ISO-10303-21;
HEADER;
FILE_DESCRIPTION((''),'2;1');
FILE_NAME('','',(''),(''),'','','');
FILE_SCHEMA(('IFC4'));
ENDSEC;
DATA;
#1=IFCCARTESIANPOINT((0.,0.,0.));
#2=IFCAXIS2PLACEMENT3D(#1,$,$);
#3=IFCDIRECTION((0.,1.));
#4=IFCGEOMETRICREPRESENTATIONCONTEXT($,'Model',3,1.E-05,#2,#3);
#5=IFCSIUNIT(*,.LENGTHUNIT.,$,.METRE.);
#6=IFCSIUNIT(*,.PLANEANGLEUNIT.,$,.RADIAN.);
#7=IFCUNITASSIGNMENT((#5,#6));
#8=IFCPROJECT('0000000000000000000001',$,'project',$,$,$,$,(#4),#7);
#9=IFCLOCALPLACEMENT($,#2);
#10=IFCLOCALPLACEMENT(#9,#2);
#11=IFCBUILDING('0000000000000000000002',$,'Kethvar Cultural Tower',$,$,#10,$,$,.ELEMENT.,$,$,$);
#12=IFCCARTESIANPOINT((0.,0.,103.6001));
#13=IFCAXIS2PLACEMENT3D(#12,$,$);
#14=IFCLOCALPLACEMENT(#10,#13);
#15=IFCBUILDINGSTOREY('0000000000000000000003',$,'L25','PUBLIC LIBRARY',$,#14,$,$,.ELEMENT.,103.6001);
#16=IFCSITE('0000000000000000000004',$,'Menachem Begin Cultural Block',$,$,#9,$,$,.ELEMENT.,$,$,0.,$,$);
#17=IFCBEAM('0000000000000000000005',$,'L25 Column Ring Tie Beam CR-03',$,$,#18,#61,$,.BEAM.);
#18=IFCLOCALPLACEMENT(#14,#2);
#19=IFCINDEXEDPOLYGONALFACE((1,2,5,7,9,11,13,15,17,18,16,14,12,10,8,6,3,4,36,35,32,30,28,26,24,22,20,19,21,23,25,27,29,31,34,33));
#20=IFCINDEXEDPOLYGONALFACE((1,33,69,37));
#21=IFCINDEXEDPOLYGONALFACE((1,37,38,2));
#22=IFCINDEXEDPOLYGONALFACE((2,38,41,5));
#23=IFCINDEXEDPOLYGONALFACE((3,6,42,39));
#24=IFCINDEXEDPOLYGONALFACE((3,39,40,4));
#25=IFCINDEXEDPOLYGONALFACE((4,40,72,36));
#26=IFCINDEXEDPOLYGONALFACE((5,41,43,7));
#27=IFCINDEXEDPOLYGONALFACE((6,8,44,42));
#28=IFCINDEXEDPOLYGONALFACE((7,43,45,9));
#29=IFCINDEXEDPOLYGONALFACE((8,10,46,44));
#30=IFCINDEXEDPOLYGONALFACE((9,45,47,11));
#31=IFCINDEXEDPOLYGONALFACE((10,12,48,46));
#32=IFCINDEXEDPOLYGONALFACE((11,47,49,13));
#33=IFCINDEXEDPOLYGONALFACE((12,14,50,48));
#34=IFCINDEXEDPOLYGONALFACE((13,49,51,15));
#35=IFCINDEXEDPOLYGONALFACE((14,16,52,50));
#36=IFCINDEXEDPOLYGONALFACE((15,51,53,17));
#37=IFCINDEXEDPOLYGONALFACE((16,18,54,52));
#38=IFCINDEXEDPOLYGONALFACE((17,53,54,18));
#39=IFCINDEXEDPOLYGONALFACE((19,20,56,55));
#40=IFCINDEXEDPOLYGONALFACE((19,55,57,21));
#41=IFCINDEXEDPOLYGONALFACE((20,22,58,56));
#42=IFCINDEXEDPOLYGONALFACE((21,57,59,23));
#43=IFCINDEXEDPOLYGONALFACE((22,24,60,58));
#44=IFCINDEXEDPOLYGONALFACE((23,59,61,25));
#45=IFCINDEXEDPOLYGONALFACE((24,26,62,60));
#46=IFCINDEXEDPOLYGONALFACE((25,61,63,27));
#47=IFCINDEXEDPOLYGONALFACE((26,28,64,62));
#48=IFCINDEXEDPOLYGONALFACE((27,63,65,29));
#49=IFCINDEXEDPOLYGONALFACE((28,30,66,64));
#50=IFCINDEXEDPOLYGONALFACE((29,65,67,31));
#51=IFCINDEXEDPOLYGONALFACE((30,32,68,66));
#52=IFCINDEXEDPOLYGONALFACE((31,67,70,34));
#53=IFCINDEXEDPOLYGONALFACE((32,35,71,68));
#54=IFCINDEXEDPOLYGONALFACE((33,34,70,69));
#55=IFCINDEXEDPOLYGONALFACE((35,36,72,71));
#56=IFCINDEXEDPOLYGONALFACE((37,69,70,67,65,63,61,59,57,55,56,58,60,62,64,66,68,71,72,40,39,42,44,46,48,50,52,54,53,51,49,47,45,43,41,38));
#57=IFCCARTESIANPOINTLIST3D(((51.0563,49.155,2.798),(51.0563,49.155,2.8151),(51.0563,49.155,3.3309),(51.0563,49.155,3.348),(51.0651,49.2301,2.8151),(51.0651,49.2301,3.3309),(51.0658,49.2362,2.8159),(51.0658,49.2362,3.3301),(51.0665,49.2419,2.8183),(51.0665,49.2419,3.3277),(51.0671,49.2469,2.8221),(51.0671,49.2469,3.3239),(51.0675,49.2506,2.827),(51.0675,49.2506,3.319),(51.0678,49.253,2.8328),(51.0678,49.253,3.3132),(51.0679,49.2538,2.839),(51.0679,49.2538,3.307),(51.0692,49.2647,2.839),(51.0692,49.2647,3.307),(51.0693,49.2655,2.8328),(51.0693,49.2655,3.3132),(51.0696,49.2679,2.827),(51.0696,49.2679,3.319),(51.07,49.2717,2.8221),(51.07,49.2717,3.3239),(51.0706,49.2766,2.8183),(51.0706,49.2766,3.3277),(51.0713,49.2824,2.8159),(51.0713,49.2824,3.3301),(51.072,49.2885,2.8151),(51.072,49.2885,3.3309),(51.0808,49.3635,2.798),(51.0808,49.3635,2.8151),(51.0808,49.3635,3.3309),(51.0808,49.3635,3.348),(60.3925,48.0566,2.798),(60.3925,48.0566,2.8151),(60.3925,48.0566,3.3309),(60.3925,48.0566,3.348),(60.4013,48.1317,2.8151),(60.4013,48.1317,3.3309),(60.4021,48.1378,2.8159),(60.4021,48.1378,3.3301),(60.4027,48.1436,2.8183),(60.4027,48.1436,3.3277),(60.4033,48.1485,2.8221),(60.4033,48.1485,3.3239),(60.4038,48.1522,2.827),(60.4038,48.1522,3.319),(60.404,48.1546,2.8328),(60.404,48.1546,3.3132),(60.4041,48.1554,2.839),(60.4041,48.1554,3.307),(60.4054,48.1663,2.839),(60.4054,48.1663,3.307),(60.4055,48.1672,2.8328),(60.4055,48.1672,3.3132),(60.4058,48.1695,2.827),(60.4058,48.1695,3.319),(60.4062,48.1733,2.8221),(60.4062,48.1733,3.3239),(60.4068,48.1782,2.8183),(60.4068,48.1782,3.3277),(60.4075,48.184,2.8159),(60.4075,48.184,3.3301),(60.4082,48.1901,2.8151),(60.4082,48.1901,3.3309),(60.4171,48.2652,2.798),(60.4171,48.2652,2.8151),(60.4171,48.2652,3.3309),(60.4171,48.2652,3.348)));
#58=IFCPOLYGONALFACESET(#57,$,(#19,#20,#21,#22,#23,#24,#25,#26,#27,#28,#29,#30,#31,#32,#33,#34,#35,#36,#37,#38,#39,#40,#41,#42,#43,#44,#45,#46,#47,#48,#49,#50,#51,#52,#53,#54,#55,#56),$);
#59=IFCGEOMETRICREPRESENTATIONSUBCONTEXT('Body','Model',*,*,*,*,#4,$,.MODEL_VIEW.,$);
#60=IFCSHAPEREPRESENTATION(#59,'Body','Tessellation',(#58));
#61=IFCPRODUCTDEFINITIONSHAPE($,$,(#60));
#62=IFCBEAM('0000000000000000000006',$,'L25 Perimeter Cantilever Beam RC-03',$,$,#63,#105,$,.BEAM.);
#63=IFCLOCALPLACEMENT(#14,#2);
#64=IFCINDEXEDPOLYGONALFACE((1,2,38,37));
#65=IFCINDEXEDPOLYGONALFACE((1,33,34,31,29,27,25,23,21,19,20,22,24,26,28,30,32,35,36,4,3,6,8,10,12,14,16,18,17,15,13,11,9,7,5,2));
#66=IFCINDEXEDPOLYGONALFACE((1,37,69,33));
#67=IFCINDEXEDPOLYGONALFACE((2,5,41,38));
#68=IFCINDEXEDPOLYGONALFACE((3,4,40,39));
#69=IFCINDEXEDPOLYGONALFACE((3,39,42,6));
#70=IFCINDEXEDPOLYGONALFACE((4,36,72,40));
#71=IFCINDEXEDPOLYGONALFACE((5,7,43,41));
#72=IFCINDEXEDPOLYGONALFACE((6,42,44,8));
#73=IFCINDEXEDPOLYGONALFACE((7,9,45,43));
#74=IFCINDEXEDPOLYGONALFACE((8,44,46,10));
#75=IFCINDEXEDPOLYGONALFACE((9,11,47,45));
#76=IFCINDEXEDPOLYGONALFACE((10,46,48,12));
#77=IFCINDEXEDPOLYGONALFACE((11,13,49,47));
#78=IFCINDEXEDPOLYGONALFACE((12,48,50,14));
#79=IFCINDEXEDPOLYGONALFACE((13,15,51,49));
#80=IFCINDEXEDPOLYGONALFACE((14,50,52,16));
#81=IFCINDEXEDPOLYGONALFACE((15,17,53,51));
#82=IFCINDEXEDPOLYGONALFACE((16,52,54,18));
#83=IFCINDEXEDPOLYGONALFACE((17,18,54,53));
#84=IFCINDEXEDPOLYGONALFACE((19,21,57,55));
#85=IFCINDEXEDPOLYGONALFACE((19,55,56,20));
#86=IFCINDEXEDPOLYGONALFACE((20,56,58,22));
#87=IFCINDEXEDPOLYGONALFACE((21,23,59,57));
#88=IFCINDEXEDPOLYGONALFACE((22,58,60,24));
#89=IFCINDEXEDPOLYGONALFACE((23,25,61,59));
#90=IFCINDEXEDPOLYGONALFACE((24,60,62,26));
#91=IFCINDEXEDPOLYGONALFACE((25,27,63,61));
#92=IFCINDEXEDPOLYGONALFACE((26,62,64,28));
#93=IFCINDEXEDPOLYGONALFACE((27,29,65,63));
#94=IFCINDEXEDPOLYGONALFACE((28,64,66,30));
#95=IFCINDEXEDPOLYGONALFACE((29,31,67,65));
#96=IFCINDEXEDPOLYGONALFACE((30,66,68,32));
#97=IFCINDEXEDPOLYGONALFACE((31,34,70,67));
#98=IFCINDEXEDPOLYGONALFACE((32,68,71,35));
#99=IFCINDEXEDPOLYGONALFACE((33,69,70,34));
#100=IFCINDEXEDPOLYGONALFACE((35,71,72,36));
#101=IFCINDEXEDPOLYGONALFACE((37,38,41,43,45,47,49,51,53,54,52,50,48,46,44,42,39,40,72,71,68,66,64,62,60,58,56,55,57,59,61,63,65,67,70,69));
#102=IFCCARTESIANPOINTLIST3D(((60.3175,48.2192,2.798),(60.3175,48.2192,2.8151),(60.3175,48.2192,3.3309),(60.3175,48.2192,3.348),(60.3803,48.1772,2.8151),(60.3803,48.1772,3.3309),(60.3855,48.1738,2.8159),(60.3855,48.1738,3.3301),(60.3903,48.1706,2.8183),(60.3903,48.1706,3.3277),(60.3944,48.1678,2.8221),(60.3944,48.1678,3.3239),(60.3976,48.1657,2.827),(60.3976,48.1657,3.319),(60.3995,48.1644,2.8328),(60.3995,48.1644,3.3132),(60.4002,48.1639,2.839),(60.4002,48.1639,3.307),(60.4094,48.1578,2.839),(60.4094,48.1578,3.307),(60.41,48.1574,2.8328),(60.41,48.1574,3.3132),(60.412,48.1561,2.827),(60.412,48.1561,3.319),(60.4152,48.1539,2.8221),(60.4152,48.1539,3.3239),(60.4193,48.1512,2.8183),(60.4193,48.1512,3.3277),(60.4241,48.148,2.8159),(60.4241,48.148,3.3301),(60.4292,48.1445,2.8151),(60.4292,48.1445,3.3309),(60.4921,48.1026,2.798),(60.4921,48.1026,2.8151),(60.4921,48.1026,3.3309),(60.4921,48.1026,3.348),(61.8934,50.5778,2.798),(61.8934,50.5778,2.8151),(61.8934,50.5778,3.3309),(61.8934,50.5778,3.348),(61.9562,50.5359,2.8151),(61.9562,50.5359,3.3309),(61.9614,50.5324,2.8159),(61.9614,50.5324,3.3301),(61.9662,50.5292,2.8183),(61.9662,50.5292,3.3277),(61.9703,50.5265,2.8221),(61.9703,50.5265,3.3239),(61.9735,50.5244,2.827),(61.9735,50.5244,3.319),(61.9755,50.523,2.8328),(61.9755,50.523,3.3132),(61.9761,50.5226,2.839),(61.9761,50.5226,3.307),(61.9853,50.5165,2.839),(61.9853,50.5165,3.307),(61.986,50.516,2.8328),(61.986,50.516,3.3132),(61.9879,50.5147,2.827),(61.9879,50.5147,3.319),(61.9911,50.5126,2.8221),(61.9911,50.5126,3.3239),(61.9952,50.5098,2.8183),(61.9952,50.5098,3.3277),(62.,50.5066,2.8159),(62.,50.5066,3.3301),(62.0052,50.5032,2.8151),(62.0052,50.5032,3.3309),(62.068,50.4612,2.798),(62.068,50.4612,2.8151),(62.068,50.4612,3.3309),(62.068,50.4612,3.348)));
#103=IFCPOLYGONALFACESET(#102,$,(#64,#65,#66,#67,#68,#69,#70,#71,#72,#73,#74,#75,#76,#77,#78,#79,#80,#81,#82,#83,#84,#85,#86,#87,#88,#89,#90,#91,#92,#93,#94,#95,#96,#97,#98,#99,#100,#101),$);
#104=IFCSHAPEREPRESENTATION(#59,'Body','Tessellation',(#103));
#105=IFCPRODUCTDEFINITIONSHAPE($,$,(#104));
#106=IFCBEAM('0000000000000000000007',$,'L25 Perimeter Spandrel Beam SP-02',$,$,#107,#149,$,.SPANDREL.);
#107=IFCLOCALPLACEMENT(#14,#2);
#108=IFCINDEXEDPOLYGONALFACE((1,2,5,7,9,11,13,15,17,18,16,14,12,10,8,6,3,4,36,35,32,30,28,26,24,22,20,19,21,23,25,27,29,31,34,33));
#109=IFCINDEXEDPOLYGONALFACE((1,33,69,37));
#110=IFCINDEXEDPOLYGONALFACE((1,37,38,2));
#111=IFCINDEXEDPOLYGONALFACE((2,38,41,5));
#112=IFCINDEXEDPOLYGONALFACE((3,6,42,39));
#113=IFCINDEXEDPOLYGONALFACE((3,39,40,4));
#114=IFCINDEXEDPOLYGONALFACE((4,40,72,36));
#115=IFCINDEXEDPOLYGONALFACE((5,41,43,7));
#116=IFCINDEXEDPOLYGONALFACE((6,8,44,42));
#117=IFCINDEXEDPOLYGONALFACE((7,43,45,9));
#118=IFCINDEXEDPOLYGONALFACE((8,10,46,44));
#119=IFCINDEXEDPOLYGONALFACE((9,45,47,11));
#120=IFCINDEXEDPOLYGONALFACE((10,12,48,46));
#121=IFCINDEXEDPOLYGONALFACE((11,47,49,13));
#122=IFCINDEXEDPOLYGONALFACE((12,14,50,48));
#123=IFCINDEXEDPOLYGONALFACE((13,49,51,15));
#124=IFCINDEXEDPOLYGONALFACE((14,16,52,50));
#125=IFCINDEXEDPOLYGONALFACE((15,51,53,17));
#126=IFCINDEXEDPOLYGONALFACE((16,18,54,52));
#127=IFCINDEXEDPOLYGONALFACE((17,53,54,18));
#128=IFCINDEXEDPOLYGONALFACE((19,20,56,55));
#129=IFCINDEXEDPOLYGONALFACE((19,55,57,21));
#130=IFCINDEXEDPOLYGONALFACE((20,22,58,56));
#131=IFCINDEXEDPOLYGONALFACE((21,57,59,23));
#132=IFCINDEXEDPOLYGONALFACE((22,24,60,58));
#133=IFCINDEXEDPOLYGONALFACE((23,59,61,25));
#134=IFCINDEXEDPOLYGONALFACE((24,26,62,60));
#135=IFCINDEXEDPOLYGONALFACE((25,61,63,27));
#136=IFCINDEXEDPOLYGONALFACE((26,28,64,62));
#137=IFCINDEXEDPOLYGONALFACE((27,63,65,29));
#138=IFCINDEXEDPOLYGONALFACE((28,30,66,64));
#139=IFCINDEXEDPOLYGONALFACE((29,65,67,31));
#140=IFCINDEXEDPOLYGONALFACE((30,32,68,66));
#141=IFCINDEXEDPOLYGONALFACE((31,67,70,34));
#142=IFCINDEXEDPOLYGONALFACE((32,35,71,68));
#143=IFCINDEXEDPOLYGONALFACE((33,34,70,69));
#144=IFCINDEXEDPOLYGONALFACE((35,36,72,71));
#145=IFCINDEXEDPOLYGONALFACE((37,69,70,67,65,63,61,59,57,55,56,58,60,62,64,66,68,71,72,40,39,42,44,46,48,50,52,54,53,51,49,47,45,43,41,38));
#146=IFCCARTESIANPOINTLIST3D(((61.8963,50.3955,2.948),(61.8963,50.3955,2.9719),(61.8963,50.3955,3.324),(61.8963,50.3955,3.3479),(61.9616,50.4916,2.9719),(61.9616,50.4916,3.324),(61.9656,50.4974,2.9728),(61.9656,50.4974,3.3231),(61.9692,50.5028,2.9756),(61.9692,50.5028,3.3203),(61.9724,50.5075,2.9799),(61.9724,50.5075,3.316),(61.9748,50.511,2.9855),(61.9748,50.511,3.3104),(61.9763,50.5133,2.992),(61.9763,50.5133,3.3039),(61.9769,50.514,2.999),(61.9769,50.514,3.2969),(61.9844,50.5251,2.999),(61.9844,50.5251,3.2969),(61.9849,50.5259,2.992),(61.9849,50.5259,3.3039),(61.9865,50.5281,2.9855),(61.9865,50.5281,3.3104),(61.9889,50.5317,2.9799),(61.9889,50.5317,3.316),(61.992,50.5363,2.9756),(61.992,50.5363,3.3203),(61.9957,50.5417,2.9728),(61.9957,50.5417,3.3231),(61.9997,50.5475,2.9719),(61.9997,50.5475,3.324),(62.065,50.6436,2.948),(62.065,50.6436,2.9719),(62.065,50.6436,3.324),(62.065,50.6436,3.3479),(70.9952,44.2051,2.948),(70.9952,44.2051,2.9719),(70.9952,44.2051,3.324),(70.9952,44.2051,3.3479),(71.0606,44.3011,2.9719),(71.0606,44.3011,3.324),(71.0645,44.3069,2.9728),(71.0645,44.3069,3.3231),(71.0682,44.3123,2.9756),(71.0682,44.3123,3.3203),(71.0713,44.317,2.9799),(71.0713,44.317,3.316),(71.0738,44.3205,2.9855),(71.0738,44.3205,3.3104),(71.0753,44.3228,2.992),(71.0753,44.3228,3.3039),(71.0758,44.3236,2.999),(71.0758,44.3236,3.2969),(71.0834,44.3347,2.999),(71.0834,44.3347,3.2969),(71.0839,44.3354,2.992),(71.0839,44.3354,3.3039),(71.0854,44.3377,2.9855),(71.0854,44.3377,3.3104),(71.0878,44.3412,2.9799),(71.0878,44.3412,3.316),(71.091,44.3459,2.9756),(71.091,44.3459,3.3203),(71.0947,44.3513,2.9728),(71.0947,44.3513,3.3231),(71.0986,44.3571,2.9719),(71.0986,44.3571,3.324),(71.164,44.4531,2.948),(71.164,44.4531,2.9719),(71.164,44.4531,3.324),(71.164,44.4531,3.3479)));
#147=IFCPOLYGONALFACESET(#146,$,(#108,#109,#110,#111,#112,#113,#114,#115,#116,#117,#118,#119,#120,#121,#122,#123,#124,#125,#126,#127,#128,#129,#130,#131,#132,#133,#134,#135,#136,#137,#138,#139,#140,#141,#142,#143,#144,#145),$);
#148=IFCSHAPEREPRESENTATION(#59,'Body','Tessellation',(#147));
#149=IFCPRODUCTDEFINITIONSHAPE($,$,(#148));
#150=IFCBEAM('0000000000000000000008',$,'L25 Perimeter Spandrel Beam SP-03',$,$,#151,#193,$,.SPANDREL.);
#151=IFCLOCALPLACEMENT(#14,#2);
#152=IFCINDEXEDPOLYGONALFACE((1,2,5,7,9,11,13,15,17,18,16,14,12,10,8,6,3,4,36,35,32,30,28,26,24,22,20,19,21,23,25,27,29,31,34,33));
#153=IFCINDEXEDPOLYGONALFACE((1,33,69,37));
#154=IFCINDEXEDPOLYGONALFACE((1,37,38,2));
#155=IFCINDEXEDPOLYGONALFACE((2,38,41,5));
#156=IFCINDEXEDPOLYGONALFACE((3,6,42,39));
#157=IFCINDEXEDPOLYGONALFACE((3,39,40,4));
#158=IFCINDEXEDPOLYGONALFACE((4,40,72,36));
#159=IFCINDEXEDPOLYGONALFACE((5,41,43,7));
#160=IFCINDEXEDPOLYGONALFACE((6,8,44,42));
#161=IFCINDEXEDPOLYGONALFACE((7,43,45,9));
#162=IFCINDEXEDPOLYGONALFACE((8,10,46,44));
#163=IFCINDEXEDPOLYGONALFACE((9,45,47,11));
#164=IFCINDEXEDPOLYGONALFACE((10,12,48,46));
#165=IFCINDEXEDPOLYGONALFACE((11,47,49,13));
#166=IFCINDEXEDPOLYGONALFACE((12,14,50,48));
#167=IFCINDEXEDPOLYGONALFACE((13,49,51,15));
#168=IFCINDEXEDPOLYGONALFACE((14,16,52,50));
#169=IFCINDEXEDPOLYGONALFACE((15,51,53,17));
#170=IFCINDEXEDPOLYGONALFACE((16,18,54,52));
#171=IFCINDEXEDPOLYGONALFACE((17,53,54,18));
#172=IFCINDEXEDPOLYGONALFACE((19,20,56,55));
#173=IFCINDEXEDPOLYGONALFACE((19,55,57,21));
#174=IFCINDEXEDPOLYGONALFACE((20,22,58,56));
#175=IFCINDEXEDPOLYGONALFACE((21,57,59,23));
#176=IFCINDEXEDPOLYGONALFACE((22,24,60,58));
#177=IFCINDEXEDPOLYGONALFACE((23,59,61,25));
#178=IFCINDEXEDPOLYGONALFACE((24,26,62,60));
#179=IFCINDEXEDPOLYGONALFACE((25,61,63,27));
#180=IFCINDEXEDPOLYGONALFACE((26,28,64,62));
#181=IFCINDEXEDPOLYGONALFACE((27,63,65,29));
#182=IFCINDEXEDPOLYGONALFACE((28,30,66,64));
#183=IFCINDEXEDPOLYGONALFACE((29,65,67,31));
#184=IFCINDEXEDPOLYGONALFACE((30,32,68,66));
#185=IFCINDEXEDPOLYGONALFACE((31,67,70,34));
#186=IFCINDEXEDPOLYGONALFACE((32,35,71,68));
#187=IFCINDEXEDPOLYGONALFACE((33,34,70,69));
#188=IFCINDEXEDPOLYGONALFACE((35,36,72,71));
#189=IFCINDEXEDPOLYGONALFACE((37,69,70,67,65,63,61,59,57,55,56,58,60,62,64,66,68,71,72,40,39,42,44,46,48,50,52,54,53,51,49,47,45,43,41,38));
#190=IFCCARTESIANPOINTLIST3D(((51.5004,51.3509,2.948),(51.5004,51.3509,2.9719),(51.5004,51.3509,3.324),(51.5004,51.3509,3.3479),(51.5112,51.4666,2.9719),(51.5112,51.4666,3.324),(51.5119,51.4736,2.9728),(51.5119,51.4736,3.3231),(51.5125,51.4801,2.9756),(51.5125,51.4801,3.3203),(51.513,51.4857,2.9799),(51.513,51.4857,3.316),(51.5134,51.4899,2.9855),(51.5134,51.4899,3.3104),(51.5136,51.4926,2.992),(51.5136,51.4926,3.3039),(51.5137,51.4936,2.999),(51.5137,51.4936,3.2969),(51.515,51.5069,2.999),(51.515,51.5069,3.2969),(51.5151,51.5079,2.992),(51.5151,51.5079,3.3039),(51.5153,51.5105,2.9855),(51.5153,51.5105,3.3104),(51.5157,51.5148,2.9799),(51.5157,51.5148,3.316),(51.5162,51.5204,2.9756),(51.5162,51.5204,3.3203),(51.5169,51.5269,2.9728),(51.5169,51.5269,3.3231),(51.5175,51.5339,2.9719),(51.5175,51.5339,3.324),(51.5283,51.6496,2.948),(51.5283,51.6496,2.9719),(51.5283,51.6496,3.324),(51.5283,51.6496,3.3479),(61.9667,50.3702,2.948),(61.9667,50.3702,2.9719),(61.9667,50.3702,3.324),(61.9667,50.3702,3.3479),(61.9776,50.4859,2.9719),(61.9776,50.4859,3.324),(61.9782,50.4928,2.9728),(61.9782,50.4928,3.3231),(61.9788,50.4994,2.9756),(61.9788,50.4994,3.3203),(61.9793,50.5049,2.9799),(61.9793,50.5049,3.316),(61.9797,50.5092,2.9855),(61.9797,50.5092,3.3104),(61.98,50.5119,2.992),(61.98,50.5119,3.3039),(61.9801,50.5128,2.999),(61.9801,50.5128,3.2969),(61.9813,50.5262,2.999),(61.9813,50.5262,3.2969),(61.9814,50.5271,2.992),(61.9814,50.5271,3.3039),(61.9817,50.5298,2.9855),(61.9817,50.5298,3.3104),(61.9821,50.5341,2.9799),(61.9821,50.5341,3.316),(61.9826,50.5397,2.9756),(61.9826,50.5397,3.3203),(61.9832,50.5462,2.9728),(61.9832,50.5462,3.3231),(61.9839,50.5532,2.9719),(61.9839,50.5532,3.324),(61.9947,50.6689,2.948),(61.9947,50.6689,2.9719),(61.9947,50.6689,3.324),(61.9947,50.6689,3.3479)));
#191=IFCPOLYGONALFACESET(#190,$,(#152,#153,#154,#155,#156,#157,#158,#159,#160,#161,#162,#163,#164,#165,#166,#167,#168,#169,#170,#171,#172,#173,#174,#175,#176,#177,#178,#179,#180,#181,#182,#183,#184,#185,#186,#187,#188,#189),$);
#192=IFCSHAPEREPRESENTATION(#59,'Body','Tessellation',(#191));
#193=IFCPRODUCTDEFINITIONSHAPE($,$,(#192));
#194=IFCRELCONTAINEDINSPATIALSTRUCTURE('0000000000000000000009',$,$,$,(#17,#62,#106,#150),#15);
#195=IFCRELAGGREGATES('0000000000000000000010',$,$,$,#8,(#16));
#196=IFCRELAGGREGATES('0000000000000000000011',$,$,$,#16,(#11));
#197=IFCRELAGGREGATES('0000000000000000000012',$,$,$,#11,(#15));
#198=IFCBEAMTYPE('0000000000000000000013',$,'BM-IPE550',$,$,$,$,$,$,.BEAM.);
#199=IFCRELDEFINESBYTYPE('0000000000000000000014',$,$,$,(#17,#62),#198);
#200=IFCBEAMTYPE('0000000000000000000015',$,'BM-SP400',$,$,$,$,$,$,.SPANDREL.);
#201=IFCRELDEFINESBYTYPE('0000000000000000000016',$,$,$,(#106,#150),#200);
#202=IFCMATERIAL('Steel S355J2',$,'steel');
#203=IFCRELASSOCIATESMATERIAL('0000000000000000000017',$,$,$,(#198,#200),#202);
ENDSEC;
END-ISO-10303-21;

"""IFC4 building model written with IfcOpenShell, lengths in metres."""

from ifc_helpers import new_model, si_unit, direction, frame, origin, origin_2d, place, context, subcontext, project, spatial, i_section, extrude, source, transform, mapped, material, material_profile, profile_set, type_object, element, save


model = new_model("IFC4")

# Units and contexts
model_context = context("Model", 3, precision=1e-05, world=origin(), true_north=direction((0.0, 1.0)))
body_context = subcontext(model_context, "Body", "Model", "MODEL_VIEW")
ifc_project = project(units=[si_unit("LENGTHUNIT", "METRE"), si_unit("PLANEANGLEUNIT", "RADIAN")], contexts=[model_context])

# Site, building, storey
site_placement = place(None, origin())
site = spatial("IfcSite", under=ifc_project, at=site_placement, Name="Menachem Begin Cultural Block", CompositionType="ELEMENT", RefElevation=0.0)
building_placement = place(site_placement, origin())
building = spatial("IfcBuilding", under=site, at=building_placement, Name="Kethvar Cultural Tower", CompositionType="ELEMENT")
storey_placement = place(building_placement, frame((0.0, 0.0, 103.6001)))
storey = spatial("IfcBuildingStorey", under=building, at=storey_placement, Name="L25", Description="PUBLIC LIBRARY", CompositionType="ELEMENT", Elevation=103.6001)

# Beams
ifc_material_1 = material(Name="Steel S355J2", Category="steel")
ifc_material_profile_1 = material_profile(ifc_material_1, i_section(OverallWidth=0.21, OverallDepth=0.55, WebThickness=0.011, FlangeThickness=0.0171, FilletRadius=0.0239, at=origin_2d()), Name="Steel S355J2 — IPE550")
ifc_profile_set_1 = profile_set([ifc_material_profile_1], Name="Steel S355J2 — IPE550")
beam_type_1 = type_object("IfcBeamType", Name="BM-IPE550", PredefinedType="BEAM", material=ifc_profile_set_1)
shared_shape_1 = source(origin(), body_context, "Body", "SweptSolid", [
    extrude(i_section(OverallWidth=0.21, OverallDepth=0.55, WebThickness=0.011, FlangeThickness=0.0171, FilletRadius=0.0239, at=origin_2d()), origin(), (0.0, 0.0, 1.0), 9.4006),
])
beam_1_placement = place(storey_placement, frame((60.4048, 48.1609, 3.073), z_axis=(-0.99315, 0.116843, 0.0), x_axis=(-0.116843, -0.99315, 0.0)))
element("IfcBeam", 1, at=beam_1_placement, inside=storey, type_object=beam_type_1, Name="L25 Column Ring Tie Beam CR-03", PredefinedType="BEAM", context=body_context, shape_type="MappedRepresentation", body=[
    mapped(shared_shape_1, transform((0.0, 0.0, 0.0), scale=1.0)),
])
shared_shape_2 = source(origin(), body_context, "Body", "SweptSolid", [
    extrude(i_section(OverallWidth=0.21, OverallDepth=0.55, WebThickness=0.011, FlangeThickness=0.0171, FilletRadius=0.0239, at=origin_2d()), origin(), (0.0, 0.0, 1.0), 2.8367),
])
beam_2_placement = place(storey_placement, frame((60.4048, 48.1609, 3.073), z_axis=(0.555554, 0.83148, 0.0), x_axis=(-0.83148, 0.555554, 0.0)))
element("IfcBeam", 2, at=beam_2_placement, inside=storey, type_object=beam_type_1, Name="L25 Perimeter Cantilever Beam RC-03", PredefinedType="BEAM", context=body_context, shape_type="MappedRepresentation", body=[
    mapped(shared_shape_2, transform((0.0, 0.0, 0.0), scale=1.0)),
])
ifc_material_profile_2 = material_profile(ifc_material_1, i_section(OverallWidth=0.3, OverallDepth=0.3999, WebThickness=0.0134, FlangeThickness=0.0239, FilletRadius=0.0271, at=origin_2d()), Name="Steel S355J2 — HEB400")
ifc_profile_set_2 = profile_set([ifc_material_profile_2], Name="Steel S355J2 — HEB400")
beam_type_2 = type_object("IfcBeamType", Name="BM-SP400", PredefinedType="SPANDREL", material=ifc_profile_set_2)
shared_shape_3 = source(origin(), body_context, "Body", "SweptSolid", [
    extrude(i_section(OverallWidth=0.3, OverallDepth=0.3999, WebThickness=0.0134, FlangeThickness=0.0239, FilletRadius=0.0271, at=origin_2d()), origin(), (0.0, 0.0, 1.0), 11.0051),
])
beam_3_placement = place(storey_placement, frame((71.0796, 44.3291, 3.1479), z_axis=(-0.826792, 0.562508, 0.0), x_axis=(-0.562508, -0.826792, 0.0)))
element("IfcBeam", 3, at=beam_3_placement, inside=storey, type_object=beam_type_2, Name="L25 Perimeter Spandrel Beam SP-02", PredefinedType="SPANDREL", context=body_context, shape_type="MappedRepresentation", body=[
    mapped(shared_shape_3, transform((0.0, 0.0, 0.0), scale=1.0)),
])
shared_shape_4 = source(origin(), body_context, "Body", "SweptSolid", [
    extrude(i_section(OverallWidth=0.3, OverallDepth=0.3999, WebThickness=0.0134, FlangeThickness=0.0239, FilletRadius=0.0271, at=origin_2d()), origin(), (0.0, 0.0, 1.0), 10.5122),
])
beam_4_placement = place(storey_placement, frame((61.9807, 50.5195, 3.1479), z_axis=(-0.995639, 0.093293, 0.0), x_axis=(-0.093293, -0.995639, 0.0)))
element("IfcBeam", 4, at=beam_4_placement, inside=storey, type_object=beam_type_2, Name="L25 Perimeter Spandrel Beam SP-03", PredefinedType="SPANDREL", context=body_context, shape_type="MappedRepresentation", body=[
    mapped(shared_shape_4, transform((0.0, 0.0, 0.0), scale=1.0)),
])

save(model, "model.ifc")
